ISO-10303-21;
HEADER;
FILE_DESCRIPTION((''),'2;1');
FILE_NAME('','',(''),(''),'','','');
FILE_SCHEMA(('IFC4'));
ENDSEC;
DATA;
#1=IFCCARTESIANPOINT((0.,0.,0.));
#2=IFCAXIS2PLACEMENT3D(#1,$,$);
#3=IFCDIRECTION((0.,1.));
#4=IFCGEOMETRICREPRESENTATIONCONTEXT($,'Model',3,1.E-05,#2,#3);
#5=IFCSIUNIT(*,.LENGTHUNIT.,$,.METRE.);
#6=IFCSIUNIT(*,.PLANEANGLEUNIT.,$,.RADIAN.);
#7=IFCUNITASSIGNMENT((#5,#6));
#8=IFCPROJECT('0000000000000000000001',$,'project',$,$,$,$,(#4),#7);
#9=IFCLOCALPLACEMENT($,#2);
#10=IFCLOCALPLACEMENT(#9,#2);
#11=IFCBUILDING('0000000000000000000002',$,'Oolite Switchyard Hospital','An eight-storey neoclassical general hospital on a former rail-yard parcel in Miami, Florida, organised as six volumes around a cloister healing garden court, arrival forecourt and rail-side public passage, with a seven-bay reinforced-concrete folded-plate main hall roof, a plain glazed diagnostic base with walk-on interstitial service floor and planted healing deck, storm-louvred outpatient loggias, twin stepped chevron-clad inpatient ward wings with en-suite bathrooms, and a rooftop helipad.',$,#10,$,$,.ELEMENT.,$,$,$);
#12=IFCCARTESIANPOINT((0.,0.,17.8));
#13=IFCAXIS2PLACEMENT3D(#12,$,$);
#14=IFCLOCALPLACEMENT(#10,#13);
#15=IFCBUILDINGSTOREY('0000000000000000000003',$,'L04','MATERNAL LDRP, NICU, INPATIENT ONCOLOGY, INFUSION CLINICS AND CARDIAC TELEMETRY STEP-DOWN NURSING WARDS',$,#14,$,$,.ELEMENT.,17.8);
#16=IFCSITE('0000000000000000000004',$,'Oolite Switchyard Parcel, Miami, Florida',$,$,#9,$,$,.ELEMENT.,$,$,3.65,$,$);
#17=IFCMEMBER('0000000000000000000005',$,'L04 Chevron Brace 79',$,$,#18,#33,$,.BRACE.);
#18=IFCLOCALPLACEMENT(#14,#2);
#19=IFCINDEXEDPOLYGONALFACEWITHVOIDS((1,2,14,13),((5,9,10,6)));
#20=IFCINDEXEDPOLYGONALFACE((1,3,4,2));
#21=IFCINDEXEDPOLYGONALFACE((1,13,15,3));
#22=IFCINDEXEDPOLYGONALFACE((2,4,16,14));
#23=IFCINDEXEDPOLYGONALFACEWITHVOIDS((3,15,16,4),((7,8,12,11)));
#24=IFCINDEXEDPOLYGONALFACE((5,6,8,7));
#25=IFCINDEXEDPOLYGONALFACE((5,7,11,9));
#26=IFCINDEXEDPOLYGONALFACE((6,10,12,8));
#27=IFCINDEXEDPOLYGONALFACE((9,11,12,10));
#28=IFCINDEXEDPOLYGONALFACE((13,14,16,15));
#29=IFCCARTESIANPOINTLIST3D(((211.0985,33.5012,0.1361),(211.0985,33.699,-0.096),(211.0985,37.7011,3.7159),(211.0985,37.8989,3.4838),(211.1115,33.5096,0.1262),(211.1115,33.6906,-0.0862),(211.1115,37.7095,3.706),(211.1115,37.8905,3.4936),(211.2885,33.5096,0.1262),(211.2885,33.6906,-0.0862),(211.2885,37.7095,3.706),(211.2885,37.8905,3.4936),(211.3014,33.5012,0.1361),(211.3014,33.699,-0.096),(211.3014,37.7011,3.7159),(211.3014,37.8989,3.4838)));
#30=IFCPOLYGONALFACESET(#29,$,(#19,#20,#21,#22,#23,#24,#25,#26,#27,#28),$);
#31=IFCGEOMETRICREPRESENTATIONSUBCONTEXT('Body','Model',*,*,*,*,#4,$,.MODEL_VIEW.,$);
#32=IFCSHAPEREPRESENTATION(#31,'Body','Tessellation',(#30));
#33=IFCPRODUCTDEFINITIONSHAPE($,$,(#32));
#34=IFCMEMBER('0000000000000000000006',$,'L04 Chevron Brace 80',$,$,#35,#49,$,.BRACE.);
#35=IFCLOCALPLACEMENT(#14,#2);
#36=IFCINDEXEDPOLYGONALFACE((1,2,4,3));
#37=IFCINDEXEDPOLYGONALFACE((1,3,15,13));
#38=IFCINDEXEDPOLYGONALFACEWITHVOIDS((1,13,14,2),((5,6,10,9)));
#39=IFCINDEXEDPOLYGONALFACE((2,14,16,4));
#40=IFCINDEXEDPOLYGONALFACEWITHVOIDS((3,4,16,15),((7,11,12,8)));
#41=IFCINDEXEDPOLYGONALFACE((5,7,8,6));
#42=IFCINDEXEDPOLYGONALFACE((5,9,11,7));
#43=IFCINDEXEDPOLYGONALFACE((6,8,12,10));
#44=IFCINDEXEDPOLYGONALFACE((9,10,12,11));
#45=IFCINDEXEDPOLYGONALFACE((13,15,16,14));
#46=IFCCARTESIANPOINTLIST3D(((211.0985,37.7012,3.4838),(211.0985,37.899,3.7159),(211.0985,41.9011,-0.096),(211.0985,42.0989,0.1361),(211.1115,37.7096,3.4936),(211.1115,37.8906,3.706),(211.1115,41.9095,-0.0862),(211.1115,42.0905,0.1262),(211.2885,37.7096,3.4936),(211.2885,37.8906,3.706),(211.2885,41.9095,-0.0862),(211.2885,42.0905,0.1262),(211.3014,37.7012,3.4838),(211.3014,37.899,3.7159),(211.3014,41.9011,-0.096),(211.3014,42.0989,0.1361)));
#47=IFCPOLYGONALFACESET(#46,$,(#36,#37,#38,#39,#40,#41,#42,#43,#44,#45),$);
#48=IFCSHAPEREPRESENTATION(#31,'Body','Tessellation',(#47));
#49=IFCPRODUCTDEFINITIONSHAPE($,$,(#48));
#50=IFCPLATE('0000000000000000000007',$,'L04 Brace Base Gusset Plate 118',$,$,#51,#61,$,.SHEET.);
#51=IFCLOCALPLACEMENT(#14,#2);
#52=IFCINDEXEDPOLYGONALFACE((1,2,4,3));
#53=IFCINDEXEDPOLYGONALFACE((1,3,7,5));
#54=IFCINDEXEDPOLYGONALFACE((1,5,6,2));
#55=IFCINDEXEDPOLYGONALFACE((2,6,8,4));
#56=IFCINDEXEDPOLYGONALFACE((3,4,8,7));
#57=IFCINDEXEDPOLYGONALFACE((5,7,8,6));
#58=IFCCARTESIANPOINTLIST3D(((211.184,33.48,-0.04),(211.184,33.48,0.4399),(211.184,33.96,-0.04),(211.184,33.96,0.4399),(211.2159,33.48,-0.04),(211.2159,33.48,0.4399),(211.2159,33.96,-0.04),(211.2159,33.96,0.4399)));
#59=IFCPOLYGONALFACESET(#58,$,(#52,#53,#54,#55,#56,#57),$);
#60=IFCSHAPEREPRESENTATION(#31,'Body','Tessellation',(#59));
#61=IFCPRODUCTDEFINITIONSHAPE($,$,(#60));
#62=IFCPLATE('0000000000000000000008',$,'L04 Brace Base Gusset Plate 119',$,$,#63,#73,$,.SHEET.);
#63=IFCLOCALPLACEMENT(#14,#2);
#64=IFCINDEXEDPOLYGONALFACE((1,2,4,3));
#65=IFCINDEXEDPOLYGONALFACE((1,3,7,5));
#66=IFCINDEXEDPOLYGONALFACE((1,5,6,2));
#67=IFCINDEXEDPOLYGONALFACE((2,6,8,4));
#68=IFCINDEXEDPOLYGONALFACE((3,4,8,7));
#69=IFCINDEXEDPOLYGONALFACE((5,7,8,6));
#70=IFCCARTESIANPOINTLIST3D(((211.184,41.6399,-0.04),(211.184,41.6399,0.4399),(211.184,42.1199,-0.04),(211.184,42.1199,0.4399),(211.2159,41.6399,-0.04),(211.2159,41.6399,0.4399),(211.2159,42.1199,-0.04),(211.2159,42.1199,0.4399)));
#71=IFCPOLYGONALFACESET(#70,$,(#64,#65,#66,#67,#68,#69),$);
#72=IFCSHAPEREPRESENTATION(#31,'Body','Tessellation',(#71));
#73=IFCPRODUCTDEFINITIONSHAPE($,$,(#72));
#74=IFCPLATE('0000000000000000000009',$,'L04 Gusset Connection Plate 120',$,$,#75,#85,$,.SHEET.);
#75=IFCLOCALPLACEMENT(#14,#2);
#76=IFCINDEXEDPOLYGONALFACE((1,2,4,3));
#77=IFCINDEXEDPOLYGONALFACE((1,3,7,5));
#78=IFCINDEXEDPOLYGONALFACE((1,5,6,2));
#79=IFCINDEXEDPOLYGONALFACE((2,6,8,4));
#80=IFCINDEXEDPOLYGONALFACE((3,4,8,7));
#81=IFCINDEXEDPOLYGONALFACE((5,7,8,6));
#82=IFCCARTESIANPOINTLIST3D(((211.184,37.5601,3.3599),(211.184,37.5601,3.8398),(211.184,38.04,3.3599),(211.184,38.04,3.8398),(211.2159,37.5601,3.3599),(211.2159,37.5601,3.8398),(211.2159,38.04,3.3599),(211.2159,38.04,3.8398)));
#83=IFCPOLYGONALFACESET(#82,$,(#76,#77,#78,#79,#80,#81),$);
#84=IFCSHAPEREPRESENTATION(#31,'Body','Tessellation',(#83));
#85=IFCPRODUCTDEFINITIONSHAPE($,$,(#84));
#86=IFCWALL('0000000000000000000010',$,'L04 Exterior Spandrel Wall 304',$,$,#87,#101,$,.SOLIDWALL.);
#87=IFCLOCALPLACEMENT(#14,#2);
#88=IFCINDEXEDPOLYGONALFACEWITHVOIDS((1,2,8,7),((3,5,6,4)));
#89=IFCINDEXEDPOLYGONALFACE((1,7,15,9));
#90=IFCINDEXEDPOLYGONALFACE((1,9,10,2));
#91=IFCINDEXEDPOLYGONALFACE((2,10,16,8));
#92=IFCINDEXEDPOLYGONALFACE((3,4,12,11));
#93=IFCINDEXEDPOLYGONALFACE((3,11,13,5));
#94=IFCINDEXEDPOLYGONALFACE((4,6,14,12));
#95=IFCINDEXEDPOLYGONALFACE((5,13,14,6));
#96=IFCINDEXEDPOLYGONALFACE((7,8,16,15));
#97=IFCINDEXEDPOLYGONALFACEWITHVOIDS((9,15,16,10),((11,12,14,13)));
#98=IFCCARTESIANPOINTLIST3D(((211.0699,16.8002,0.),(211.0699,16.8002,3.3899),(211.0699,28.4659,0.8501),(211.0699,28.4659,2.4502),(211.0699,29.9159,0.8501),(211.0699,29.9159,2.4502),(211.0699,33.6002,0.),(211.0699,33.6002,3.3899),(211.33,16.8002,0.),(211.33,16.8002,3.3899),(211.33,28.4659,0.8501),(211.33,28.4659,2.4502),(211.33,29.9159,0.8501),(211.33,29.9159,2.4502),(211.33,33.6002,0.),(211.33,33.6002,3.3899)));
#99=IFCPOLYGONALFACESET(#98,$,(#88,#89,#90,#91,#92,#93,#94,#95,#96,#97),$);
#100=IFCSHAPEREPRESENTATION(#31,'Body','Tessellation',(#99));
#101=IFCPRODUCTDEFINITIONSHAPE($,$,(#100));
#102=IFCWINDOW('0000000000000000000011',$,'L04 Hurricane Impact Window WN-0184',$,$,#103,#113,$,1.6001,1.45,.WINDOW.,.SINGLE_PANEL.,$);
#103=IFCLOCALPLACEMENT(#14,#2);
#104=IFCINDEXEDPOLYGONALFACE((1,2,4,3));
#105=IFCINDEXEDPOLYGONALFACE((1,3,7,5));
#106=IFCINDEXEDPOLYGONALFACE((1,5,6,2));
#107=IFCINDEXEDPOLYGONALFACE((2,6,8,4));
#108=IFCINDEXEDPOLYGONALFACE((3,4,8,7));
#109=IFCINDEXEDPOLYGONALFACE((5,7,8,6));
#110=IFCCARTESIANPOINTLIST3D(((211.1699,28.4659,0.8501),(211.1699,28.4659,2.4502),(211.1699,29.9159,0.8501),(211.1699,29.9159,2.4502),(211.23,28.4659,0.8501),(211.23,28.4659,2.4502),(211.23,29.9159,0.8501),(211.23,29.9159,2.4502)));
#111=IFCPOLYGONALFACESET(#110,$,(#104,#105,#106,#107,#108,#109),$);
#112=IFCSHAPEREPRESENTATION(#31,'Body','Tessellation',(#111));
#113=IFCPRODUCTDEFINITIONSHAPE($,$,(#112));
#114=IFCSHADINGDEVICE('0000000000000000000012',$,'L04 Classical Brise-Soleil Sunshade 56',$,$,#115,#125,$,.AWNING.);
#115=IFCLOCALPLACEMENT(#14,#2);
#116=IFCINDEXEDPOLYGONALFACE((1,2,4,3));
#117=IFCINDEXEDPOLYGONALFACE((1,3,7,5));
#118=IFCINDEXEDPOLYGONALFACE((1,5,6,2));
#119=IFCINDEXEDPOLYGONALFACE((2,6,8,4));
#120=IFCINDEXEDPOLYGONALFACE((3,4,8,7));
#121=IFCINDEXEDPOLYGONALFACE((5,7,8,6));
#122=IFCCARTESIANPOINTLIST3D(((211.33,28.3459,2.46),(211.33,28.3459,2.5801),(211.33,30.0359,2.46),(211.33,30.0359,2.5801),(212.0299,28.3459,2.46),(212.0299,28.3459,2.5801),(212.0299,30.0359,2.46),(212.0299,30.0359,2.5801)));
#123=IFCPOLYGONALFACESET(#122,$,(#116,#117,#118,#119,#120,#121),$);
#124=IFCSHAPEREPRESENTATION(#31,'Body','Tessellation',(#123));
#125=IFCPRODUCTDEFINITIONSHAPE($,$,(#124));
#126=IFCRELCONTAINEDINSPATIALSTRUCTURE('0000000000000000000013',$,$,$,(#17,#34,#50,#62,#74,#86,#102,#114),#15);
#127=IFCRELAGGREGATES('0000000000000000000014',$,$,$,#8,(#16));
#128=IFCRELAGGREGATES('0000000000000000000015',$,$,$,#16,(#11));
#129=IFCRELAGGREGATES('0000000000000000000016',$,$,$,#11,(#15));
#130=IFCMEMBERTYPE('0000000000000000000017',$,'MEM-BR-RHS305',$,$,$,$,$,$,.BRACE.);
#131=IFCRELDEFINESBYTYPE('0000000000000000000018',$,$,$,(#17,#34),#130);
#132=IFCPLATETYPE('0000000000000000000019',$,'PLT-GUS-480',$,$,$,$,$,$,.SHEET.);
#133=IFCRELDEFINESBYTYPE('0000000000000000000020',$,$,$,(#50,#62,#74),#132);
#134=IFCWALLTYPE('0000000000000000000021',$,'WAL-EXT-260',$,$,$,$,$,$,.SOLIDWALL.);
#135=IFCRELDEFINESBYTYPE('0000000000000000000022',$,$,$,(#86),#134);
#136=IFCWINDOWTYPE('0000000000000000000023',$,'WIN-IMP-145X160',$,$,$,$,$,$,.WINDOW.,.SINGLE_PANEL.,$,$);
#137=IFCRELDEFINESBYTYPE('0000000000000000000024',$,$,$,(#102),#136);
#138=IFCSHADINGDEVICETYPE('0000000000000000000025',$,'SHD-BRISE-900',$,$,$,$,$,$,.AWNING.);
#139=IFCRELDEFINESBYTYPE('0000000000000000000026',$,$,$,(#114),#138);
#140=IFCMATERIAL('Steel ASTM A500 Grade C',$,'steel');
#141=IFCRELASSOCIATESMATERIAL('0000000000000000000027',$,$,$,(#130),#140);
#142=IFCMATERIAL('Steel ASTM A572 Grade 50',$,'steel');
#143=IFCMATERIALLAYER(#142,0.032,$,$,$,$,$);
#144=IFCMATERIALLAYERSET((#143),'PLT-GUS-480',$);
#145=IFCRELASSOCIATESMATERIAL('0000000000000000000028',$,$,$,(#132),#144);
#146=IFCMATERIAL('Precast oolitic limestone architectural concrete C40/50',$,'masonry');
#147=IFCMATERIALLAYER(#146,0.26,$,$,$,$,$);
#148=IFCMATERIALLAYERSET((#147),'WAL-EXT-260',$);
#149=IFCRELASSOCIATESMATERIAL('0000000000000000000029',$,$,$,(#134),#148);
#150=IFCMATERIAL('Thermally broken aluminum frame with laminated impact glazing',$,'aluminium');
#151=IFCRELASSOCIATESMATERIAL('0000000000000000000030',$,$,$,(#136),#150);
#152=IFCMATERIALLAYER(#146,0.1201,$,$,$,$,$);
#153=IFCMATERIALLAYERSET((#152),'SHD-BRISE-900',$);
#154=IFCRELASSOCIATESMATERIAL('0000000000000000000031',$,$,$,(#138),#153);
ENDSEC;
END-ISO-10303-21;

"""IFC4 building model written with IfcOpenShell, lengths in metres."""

from ifc_helpers import new_model, si_unit, direction, frame, frame_2d, origin, origin_2d, place, context, subcontext, project, spatial, rectangle, hollow_rectangle, extrude, material, layer, layer_set, material_profile, profile_set, type_object, element, fill, save


model = new_model("IFC4")

# Units and contexts
model_context = context("Model", 3, precision=1e-05, world=origin(), true_north=direction((0.0, 1.0)))
body_context = subcontext(model_context, "Body", "Model", "MODEL_VIEW")
ifc_project = project(units=[si_unit("LENGTHUNIT", "METRE"), si_unit("PLANEANGLEUNIT", "RADIAN")], contexts=[model_context])

# Site, building, storey
site_placement = place(None, origin())
site = spatial("IfcSite", under=ifc_project, at=site_placement, Name="Oolite Switchyard Parcel, Miami, Florida", CompositionType="ELEMENT", RefElevation=3.65)
building_placement = place(site_placement, origin())
building = spatial("IfcBuilding", under=site, at=building_placement, Name="Oolite Switchyard Hospital", Description="An eight-storey neoclassical general hospital on a former rail-yard parcel in Miami, Florida, organised as six volumes around a cloister healing garden court, arrival forecourt and rail-side public passage, with a seven-bay reinforced-concrete folded-plate main hall roof, a plain glazed diagnostic base with walk-on interstitial service floor and planted healing deck, storm-louvred outpatient loggias, twin stepped chevron-clad inpatient ward wings with en-suite bathrooms, and a rooftop helipad.", CompositionType="ELEMENT")
storey_placement = place(building_placement, frame((0.0, 0.0, 17.8)))
storey = spatial("IfcBuildingStorey", under=building, at=storey_placement, Name="L04", Description="MATERNAL LDRP, NICU, INPATIENT ONCOLOGY, INFUSION CLINICS AND CARDIAC TELEMETRY STEP-DOWN NURSING WARDS", CompositionType="ELEMENT", Elevation=17.8)

# Members
ifc_material_1 = material(Name="Steel ASTM A500 Grade C", Category="steel")
ifc_material_profile_1 = material_profile(ifc_material_1, hollow_rectangle(XDim=0.2029, YDim=0.3049, WallThickness=0.0129, at=origin_2d()), Name="HSS305X203X13")
ifc_profile_set_1 = profile_set([ifc_material_profile_1], Name="Steel ASTM A500 Grade C")
member_type = type_object("IfcMemberType", Name="MEM-BR-RHS305", PredefinedType="BRACE", material=ifc_profile_set_1)
for number, where, z_axis, x_axis, name in (
    (1, (211.2, 33.6001, 0.02), (0.0, 0.761056, 0.648687), (-1.0, 0.0, 0.0), "L04 Chevron Brace 79"),
    (2, (211.2, 42.0, 0.02), (0.0, -0.761056, 0.648687), (1.0, 0.0, 0.0), "L04 Chevron Brace 80"),
):
    element("IfcMember", number, at=place(storey_placement, frame(where, z_axis=z_axis, x_axis=x_axis)), inside=storey, type_object=member_type, Name=name, PredefinedType="BRACE", context=body_context, shape_type="SweptSolid", body=[
        extrude(hollow_rectangle(XDim=0.2029, YDim=0.3049, WallThickness=0.0129, at=origin_2d()), origin(), (0.0, 0.0, 1.0), 5.5186),
    ])

# Plates
ifc_material_2 = material(Name="Steel ASTM A572 Grade 50", Category="steel")
ifc_layer_1 = layer(ifc_material_2, 0.032)
ifc_layer_set_1 = layer_set([ifc_layer_1], Name="PLT-GUS-480")
plate_type = type_object("IfcPlateType", Name="PLT-GUS-480", PredefinedType="SHEET", material=ifc_layer_set_1)
for number, where, z_axis, x_axis, name in (
    (3, (211.2, 33.72, -0.04), (0.0, 0.0, 1.0), (0.0, 1.0, 0.0), "L04 Brace Base Gusset Plate 118"),
    (4, (211.2, 41.8799, -0.04), (0.0, 0.0, 1.0), (0.0, 1.0, 0.0), "L04 Brace Base Gusset Plate 119"),
    (5, (211.2, 37.8, 3.3599), (0.0, 0.0, 1.0), (0.0, 1.0, 0.0), "L04 Gusset Connection Plate 120"),
):
    element("IfcPlate", number, at=place(storey_placement, frame(where, z_axis=z_axis, x_axis=x_axis)), inside=storey, type_object=plate_type, Name=name, PredefinedType="SHEET", context=body_context, shape_type="SweptSolid", body=[
        extrude(rectangle(XDim=0.48, YDim=0.032, at=origin_2d()), origin(), (0.0, 0.0, 1.0), 0.48),
    ])

# Wall, opening, window
ifc_material_3 = material(Name="Precast oolitic limestone architectural concrete C40/50", Category="masonry")
ifc_layer_2 = layer(ifc_material_3, 0.26)
ifc_layer_set_2 = layer_set([ifc_layer_2], Name="WAL-EXT-260")
wall_type = type_object("IfcWallType", Name="WAL-EXT-260", PredefinedType="SOLIDWALL", material=ifc_layer_set_2)
wall_placement = place(storey_placement, frame((211.2, 33.6001, 0.0), z_axis=(0.0, 0.0, 1.0), x_axis=(0.0, -1.0, 0.0)))
wall = element("IfcWall", 6, at=wall_placement, inside=storey, type_object=wall_type, Name="L04 Exterior Spandrel Wall 304", PredefinedType="SOLIDWALL", context=body_context, shape_type="SweptSolid", body=[
    extrude(rectangle(XDim=16.8, YDim=0.26, at=frame_2d((8.3999, 0.0))), origin(), (0.0, 0.0, 1.0), 3.3899),
])
opening_placement = place(wall_placement, frame((3.6841, 0.0, 0.8501)))
opening = element("IfcOpeningElement", 7, at=opening_placement, cuts=wall, PredefinedType="OPENING", context=body_context, shape_type="SweptSolid", body=[
    extrude(rectangle(XDim=1.45, YDim=1.6001, at=frame_2d((0.7251, 0.8))), frame((0.0, 0.1401, 0.0), z_axis=(0.0, -1.0, 0.0), x_axis=(1.0, 0.0, 0.0)), (0.0, 0.0, 1.0), 0.28),
])
ifc_material_4 = material(Name="Thermally broken aluminum frame with laminated impact glazing", Category="aluminium")
window_type = type_object("IfcWindowType", Name="WIN-IMP-145X160", PartitioningType="SINGLE_PANEL", PredefinedType="WINDOW", material=ifc_material_4)
window_placement = place(opening_placement, origin())
window = element("IfcWindow", 8, at=window_placement, inside=storey, type_object=window_type, Name="L04 Hurricane Impact Window WN-0184", OverallHeight=1.6001, OverallWidth=1.45, PartitioningType="SINGLE_PANEL", PredefinedType="WINDOW", context=body_context, shape_type="SweptSolid", body=[
    extrude(rectangle(XDim=1.45, YDim=1.6001, at=frame_2d((0.7251, 0.8))), frame((0.0, 0.03, 0.0), z_axis=(0.0, -1.0, 0.0), x_axis=(1.0, 0.0, 0.0)), (0.0, 0.0, 1.0), 0.0601),
])
fill(opening, window)

# Shading device
ifc_layer_3 = layer(ifc_material_3, 0.1201)
ifc_layer_set_3 = layer_set([ifc_layer_3], Name="SHD-BRISE-900")
shading_device_type = type_object("IfcShadingDeviceType", Name="SHD-BRISE-900", PredefinedType="AWNING", material=ifc_layer_set_3)
shading_device_placement = place(storey_placement, frame((211.6799, 29.1909, 2.46), z_axis=(0.0, 0.0, 1.0), x_axis=(0.0, 1.0, 0.0)))
element("IfcShadingDevice", 9, at=shading_device_placement, inside=storey, type_object=shading_device_type, Name="L04 Classical Brise-Soleil Sunshade 56", PredefinedType="AWNING", context=body_context, shape_type="SweptSolid", body=[
    extrude(rectangle(XDim=1.6899, YDim=0.7, at=origin_2d()), origin(), (0.0, 0.0, 1.0), 0.1201),
])

save(model, "model.ifc")
